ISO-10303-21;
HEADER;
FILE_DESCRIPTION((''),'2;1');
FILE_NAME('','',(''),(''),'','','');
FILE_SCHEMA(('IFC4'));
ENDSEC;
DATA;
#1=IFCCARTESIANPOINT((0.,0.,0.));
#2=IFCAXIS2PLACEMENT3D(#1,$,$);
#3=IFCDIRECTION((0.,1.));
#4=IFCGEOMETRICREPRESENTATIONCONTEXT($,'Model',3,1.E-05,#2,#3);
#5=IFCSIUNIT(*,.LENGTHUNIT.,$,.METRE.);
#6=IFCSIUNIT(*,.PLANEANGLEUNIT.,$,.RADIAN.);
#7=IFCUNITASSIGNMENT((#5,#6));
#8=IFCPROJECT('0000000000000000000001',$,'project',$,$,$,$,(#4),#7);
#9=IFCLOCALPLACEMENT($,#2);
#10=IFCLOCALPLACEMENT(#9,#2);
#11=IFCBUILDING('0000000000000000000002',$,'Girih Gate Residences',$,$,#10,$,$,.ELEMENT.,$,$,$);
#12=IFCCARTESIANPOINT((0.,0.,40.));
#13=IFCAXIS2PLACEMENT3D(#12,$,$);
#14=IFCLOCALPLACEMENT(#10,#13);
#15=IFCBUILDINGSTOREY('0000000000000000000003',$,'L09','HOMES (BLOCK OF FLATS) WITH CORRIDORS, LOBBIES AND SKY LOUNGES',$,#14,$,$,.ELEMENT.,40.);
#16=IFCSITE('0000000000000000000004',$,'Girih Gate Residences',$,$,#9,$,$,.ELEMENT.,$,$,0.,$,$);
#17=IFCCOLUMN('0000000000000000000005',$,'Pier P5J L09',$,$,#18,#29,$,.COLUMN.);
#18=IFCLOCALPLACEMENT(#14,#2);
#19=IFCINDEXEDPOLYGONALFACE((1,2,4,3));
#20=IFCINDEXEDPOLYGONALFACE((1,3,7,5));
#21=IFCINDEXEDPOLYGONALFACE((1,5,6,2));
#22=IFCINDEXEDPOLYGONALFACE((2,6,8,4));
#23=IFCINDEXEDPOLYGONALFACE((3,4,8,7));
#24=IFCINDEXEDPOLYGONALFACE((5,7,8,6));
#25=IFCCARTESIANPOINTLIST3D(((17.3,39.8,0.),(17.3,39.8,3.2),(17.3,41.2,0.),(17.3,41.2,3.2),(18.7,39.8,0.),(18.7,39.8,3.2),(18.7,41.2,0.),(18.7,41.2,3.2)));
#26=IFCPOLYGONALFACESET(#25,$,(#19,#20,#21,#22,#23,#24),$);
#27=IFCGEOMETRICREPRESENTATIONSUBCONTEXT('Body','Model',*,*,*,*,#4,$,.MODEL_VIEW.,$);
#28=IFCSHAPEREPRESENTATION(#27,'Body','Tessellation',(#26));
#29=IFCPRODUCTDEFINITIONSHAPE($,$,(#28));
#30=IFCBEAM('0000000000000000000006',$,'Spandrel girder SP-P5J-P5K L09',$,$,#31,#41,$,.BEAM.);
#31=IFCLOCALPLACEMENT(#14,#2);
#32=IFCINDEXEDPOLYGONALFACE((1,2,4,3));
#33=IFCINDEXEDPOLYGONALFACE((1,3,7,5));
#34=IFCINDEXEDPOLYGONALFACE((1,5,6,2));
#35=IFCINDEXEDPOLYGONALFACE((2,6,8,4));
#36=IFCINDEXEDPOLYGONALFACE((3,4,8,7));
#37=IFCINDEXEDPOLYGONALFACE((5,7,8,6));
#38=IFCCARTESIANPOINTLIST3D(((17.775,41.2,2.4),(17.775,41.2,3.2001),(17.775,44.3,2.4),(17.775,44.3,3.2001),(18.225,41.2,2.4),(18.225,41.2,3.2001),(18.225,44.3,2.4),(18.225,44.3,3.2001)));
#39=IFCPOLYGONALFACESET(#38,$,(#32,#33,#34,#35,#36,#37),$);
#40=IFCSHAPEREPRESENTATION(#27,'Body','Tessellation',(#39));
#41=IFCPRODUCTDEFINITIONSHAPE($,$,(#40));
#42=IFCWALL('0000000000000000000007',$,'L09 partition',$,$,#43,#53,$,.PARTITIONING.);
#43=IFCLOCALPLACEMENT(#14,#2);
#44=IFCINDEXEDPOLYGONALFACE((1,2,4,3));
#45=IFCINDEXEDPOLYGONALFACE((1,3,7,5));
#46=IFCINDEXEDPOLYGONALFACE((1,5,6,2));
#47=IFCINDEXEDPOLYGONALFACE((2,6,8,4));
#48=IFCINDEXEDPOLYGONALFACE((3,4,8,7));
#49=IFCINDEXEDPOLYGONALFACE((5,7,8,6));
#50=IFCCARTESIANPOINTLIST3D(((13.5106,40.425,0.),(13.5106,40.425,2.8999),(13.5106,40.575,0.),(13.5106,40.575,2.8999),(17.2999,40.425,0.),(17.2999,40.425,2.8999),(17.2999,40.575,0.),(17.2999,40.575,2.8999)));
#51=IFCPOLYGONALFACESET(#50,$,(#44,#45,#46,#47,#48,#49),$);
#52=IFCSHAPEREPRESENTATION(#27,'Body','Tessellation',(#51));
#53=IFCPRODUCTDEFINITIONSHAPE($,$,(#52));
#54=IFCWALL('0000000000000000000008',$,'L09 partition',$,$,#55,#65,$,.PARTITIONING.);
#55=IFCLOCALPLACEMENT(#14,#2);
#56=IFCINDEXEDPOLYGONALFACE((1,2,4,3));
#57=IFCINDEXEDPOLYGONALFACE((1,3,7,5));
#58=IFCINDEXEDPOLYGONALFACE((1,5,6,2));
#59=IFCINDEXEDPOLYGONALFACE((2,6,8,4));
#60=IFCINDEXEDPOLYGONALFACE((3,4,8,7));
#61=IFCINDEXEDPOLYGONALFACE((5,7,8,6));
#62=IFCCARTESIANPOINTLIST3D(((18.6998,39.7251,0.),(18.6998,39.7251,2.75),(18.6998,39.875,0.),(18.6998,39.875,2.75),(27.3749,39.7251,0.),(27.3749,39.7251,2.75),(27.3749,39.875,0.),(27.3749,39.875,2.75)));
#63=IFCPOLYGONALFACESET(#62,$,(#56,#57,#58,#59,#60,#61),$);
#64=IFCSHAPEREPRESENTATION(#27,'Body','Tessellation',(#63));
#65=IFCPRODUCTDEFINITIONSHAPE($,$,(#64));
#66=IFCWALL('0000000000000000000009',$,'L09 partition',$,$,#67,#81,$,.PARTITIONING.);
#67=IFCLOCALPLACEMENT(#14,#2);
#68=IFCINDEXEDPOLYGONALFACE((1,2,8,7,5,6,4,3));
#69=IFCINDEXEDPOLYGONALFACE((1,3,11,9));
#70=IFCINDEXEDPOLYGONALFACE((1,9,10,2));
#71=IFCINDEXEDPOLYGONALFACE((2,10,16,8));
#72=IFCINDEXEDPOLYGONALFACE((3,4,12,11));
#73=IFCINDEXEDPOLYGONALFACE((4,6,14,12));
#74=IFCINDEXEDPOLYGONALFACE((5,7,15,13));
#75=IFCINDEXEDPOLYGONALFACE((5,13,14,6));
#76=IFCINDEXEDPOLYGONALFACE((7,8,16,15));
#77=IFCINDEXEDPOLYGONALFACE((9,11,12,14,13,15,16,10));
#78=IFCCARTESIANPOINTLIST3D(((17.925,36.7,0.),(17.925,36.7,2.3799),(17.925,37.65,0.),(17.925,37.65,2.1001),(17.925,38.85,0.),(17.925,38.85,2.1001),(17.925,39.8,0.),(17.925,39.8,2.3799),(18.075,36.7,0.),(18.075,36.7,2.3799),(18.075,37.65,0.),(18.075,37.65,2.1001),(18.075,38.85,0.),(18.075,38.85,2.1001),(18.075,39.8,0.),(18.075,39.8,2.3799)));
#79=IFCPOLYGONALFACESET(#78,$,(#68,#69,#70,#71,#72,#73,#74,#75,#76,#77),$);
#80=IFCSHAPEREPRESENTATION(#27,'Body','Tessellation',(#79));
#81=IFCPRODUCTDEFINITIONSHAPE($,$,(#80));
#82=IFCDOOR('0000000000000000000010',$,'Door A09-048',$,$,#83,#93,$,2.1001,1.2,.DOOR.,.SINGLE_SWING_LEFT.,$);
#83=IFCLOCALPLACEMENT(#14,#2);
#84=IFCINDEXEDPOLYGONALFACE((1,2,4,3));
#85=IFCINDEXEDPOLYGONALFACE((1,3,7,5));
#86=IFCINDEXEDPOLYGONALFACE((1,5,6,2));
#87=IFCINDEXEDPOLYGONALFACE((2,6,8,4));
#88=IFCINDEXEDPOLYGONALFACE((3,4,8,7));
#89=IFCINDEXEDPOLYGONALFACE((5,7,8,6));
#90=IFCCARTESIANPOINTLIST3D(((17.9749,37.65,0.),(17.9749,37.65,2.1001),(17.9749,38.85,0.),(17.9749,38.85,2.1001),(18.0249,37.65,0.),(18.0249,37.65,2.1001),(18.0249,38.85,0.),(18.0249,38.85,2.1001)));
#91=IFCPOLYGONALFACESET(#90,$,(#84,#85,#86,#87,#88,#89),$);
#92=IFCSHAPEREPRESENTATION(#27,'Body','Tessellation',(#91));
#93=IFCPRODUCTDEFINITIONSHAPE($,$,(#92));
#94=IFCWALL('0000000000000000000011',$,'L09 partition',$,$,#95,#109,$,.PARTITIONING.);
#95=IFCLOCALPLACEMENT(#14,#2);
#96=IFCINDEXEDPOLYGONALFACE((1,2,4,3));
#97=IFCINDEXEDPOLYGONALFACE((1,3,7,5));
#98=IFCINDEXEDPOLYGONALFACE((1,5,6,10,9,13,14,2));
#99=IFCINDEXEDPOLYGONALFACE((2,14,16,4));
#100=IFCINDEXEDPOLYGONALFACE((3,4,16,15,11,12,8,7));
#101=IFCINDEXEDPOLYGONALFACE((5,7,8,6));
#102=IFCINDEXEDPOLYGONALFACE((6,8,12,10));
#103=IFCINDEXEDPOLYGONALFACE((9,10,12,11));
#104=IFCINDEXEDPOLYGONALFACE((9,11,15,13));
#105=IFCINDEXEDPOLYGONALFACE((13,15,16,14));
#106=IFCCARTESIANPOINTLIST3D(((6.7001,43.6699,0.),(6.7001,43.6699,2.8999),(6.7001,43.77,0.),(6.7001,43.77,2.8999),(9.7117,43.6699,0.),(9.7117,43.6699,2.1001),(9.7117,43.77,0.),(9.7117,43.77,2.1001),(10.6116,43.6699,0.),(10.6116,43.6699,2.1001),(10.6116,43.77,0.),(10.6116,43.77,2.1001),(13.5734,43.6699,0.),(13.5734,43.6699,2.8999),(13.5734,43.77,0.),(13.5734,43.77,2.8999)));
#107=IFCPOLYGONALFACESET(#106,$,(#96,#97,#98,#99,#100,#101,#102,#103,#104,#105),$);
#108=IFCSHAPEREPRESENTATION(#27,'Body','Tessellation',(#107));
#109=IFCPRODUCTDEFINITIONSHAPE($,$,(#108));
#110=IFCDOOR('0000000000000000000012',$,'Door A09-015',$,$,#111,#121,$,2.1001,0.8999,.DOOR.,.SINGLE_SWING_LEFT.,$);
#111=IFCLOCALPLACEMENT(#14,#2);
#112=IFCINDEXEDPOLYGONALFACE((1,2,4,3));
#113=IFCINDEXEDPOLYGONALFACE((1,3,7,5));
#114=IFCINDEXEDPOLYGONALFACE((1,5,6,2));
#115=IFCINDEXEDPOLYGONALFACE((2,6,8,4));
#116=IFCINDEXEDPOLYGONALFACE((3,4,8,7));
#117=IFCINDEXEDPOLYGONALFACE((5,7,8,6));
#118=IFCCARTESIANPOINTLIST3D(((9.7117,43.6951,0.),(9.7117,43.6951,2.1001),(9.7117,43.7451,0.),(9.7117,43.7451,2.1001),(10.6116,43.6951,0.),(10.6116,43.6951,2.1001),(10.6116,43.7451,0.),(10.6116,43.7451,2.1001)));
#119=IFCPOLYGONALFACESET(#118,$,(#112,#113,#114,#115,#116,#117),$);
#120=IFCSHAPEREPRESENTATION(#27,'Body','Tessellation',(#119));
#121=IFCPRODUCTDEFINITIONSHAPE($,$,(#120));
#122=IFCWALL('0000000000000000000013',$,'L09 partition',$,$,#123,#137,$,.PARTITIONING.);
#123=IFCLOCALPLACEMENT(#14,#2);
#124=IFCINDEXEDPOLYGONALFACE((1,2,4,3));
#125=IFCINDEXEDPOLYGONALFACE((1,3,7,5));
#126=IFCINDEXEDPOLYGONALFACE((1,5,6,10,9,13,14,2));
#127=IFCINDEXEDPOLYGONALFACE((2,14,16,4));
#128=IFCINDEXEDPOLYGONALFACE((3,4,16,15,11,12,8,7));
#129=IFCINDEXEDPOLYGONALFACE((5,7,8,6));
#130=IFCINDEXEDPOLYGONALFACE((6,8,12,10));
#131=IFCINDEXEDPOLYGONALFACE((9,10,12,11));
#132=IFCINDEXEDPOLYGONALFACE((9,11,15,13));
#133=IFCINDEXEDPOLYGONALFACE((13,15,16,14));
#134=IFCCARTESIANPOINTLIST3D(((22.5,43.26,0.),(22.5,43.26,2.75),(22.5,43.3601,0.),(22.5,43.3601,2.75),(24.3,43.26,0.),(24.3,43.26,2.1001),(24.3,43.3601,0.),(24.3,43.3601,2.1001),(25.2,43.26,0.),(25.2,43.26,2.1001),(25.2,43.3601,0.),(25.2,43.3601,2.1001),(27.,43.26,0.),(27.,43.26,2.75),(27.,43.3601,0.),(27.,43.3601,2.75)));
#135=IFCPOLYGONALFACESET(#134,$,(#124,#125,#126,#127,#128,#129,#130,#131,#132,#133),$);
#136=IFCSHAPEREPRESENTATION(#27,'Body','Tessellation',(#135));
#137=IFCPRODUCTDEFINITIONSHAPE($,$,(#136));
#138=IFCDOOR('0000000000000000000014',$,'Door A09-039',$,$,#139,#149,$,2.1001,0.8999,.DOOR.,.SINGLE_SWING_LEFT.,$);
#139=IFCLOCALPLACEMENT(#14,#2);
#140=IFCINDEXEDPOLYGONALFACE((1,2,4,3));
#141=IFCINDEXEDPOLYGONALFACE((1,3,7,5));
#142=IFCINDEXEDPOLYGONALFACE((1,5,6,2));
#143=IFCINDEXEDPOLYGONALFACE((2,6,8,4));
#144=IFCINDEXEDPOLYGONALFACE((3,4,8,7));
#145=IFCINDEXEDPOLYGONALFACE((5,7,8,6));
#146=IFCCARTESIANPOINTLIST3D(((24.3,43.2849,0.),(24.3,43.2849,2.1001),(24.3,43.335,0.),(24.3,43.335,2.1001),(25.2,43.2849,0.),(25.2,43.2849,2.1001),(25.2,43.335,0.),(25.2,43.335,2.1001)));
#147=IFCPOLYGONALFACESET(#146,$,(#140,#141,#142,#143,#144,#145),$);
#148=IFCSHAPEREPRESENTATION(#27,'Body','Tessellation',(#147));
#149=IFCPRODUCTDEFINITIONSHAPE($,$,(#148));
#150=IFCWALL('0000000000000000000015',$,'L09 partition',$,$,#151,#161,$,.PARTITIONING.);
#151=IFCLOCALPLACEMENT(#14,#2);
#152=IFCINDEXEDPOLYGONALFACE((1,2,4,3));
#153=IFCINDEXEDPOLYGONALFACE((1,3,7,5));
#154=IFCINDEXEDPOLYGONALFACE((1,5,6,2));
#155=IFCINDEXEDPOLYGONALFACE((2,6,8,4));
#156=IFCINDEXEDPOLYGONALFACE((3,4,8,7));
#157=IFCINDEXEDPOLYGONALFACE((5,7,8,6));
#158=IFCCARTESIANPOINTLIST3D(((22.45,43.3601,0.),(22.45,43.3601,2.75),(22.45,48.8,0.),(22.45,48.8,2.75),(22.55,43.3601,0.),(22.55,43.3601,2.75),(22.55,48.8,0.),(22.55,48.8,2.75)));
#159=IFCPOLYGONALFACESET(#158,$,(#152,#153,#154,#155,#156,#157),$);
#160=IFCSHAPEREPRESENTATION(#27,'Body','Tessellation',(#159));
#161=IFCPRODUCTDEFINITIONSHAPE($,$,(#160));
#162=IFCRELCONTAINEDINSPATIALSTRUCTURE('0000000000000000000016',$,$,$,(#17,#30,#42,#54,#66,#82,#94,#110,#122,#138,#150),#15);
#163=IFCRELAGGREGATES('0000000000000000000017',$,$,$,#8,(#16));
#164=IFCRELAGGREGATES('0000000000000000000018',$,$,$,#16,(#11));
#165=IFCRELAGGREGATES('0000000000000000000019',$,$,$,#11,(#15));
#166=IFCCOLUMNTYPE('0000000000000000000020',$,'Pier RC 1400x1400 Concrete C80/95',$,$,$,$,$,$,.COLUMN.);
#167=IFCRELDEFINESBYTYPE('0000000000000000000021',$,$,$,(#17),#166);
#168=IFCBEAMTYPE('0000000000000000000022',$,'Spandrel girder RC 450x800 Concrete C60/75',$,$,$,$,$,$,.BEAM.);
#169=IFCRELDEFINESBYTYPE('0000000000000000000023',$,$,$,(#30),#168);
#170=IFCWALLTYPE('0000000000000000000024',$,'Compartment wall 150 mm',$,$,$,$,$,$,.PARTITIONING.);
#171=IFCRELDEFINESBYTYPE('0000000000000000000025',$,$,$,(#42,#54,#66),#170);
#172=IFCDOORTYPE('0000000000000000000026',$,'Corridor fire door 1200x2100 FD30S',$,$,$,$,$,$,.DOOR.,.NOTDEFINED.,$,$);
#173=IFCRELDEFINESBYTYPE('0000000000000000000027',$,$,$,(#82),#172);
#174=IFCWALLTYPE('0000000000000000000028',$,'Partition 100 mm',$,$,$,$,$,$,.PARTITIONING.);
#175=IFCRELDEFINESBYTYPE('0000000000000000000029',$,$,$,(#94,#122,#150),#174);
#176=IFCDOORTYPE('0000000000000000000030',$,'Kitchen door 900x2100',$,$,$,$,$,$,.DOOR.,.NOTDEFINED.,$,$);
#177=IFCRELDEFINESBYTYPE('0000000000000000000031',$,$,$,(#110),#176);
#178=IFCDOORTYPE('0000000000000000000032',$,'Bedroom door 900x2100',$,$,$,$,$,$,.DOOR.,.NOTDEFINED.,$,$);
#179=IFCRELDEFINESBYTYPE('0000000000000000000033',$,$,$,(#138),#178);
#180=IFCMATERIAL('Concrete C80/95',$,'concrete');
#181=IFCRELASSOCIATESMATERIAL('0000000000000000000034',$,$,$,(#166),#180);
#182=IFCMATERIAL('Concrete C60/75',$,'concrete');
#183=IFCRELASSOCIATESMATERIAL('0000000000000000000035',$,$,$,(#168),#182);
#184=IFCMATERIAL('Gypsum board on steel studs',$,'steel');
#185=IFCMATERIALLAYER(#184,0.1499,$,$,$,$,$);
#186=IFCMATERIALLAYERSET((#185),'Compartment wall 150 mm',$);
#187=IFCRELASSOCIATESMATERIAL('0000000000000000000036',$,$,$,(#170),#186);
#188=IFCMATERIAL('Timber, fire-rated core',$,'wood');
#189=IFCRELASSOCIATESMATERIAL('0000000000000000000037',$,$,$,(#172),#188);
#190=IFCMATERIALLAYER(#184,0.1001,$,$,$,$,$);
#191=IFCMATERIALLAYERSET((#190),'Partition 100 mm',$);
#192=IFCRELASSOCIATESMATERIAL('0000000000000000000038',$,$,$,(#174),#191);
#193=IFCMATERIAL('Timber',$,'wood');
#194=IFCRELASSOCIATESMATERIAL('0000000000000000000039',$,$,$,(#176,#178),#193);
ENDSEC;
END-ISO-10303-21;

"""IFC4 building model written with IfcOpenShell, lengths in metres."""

from ifc_helpers import new_model, si_unit, direction, frame, frame_2d, origin, origin_2d, place, context, subcontext, project, spatial, rectangle, extrude, material, layer, layer_set, material_profile, profile_set, type_object, element, fill, save


model = new_model("IFC4")

# Units and contexts
model_context = context("Model", 3, precision=1e-05, world=origin(), true_north=direction((0.0, 1.0)))
body_context = subcontext(model_context, "Body", "Model", "MODEL_VIEW")
ifc_project = project(units=[si_unit("LENGTHUNIT", "METRE"), si_unit("PLANEANGLEUNIT", "RADIAN")], contexts=[model_context])

# Site, building, storey
site_placement = place(None, origin())
site = spatial("IfcSite", under=ifc_project, at=site_placement, Name="Girih Gate Residences", CompositionType="ELEMENT", RefElevation=0.0)
building_placement = place(site_placement, origin())
building = spatial("IfcBuilding", under=site, at=building_placement, Name="Girih Gate Residences", CompositionType="ELEMENT")
storey_placement = place(building_placement, frame((0.0, 0.0, 40.0)))
storey = spatial("IfcBuildingStorey", under=building, at=storey_placement, Name="L09", Description="HOMES (BLOCK OF FLATS) WITH CORRIDORS, LOBBIES AND SKY LOUNGES", CompositionType="ELEMENT", Elevation=40.0)

# Column
ifc_material_1 = material(Name="Concrete C80/95", Category="concrete")
ifc_material_profile_1 = material_profile(ifc_material_1, rectangle(XDim=1.3999, YDim=1.3999, at=origin_2d()))
ifc_profile_set_1 = profile_set([ifc_material_profile_1], Name="Concrete C80/95")
column_type = type_object("IfcColumnType", Name="Pier RC 1400x1400 Concrete C80/95", PredefinedType="COLUMN", material=ifc_profile_set_1)
column_placement = place(storey_placement, frame((18.0, 40.5, 0.0), z_axis=(0.0, 0.0, 1.0), x_axis=(1.0, 0.0, 0.0)))
element("IfcColumn", 1, at=column_placement, inside=storey, type_object=column_type, Name="Pier P5J L09", PredefinedType="COLUMN", context=body_context, shape_type="SweptSolid", body=[
    extrude(rectangle(XDim=1.3999, YDim=1.3999, at=origin_2d()), origin(), (0.0, 0.0, 1.0), 3.2),
])

# Beam
ifc_material_2 = material(Name="Concrete C60/75", Category="concrete")
ifc_material_profile_2 = material_profile(ifc_material_2, rectangle(XDim=0.45, YDim=0.8, at=origin_2d()))
ifc_profile_set_2 = profile_set([ifc_material_profile_2], Name="Concrete C60/75")
beam_type = type_object("IfcBeamType", Name="Spandrel girder RC 450x800 Concrete C60/75", PredefinedType="BEAM", material=ifc_profile_set_2)
beam_placement = place(storey_placement, frame((18.0, 41.2, 2.8), z_axis=(0.0, 1.0, 0.0), x_axis=(-1.0, 0.0, 0.0)))
element("IfcBeam", 2, at=beam_placement, inside=storey, type_object=beam_type, Name="Spandrel girder SP-P5J-P5K L09", PredefinedType="BEAM", context=body_context, shape_type="SweptSolid", body=[
    extrude(rectangle(XDim=0.45, YDim=0.8, at=origin_2d()), origin(), (0.0, 0.0, 1.0), 3.1001),
])

# Walls
ifc_material_3 = material(Name="Gypsum board on steel studs", Category="steel")
ifc_layer_1 = layer(ifc_material_3, 0.1499)
ifc_layer_set_1 = layer_set([ifc_layer_1], Name="Compartment wall 150 mm")
wall_type_1 = type_object("IfcWallType", Name="Compartment wall 150 mm", PredefinedType="PARTITIONING", material=ifc_layer_set_1)
wall_1_placement = place(storey_placement, frame((13.5107, 40.5, 0.0), z_axis=(0.0, 0.0, 1.0), x_axis=(1.0, 0.0, 0.0)))
element("IfcWall", 3, at=wall_1_placement, inside=storey, type_object=wall_type_1, Name="L09 partition", PredefinedType="PARTITIONING", context=body_context, shape_type="SweptSolid", body=[
    extrude(rectangle(XDim=3.7893, YDim=0.1499, at=frame_2d((1.8945, 0.0))), origin(), (0.0, 0.0, 1.0), 2.8999),
])
wall_2_placement = place(storey_placement, frame((18.7, 39.8, 0.0), z_axis=(0.0, 0.0, 1.0), x_axis=(1.0, 0.0, 0.0)))
element("IfcWall", 4, at=wall_2_placement, inside=storey, type_object=wall_type_1, Name="L09 partition", PredefinedType="PARTITIONING", context=body_context, shape_type="SweptSolid", body=[
    extrude(rectangle(XDim=8.675, YDim=0.1499, at=frame_2d((4.3374, 0.0))), origin(), (0.0, 0.0, 1.0), 2.75),
])

# Walls, openings, doors
wall_3_placement = place(storey_placement, frame((18.0, 39.8, 0.0), z_axis=(0.0, 0.0, 1.0), x_axis=(0.0, -1.0, 0.0)))
wall_3 = element("IfcWall", 5, at=wall_3_placement, inside=storey, type_object=wall_type_1, Name="L09 partition", PredefinedType="PARTITIONING", context=body_context, shape_type="SweptSolid", body=[
    extrude(rectangle(XDim=3.1001, YDim=0.1499, at=frame_2d((1.55, 0.0))), origin(), (0.0, 0.0, 1.0), 2.3799),
])
opening_1_placement = place(wall_3_placement, frame((0.95, 0.0, 0.0)))
opening_1 = element("IfcOpeningElement", 6, at=opening_1_placement, cuts=wall_3, PredefinedType="OPENING", context=body_context, shape_type="SweptSolid", body=[
    extrude(rectangle(XDim=1.2, YDim=2.1001, at=frame_2d((0.6001, 1.05))), frame((0.0, 0.085, 0.0), z_axis=(0.0, -1.0, 0.0), x_axis=(1.0, 0.0, 0.0)), (0.0, 0.0, 1.0), 0.1699),
])
ifc_material_4 = material(Name="Timber, fire-rated core", Category="wood")
door_type_1 = type_object("IfcDoorType", Name="Corridor fire door 1200x2100 FD30S", OperationType="NOTDEFINED", PredefinedType="DOOR", material=ifc_material_4)
door_1_placement = place(opening_1_placement, origin())
door_1 = element("IfcDoor", 7, at=door_1_placement, inside=storey, type_object=door_type_1, Name="Door A09-048", OperationType="SINGLE_SWING_LEFT", OverallHeight=2.1001, OverallWidth=1.2, PredefinedType="DOOR", context=body_context, shape_type="SweptSolid", body=[
    extrude(rectangle(XDim=1.2, YDim=2.1001, at=frame_2d((0.6001, 1.05))), frame((0.0, 0.0249, 0.0), z_axis=(0.0, -1.0, 0.0), x_axis=(1.0, 0.0, 0.0)), (0.0, 0.0, 1.0), 0.05),
])
fill(opening_1, door_1)
ifc_layer_2 = layer(ifc_material_3, 0.1001)
ifc_layer_set_2 = layer_set([ifc_layer_2], Name="Partition 100 mm")
wall_type_2 = type_object("IfcWallType", Name="Partition 100 mm", PredefinedType="PARTITIONING", material=ifc_layer_set_2)
wall_4_placement = place(storey_placement, frame((13.5732, 43.72, 0.0), z_axis=(0.0, 0.0, 1.0), x_axis=(-1.0, 0.0, 0.0)))
wall_4 = element("IfcWall", 8, at=wall_4_placement, inside=storey, type_object=wall_type_2, Name="L09 partition", PredefinedType="PARTITIONING", context=body_context, shape_type="SweptSolid", body=[
    extrude(rectangle(XDim=6.8733, YDim=0.1001, at=frame_2d((3.4365, 0.0))), origin(), (0.0, 0.0, 1.0), 2.8999),
])
opening_2_placement = place(wall_4_placement, frame((2.9617, 0.0, 0.0)))
opening_2 = element("IfcOpeningElement", 9, at=opening_2_placement, cuts=wall_4, PredefinedType="OPENING", context=body_context, shape_type="SweptSolid", body=[
    extrude(rectangle(XDim=0.8999, YDim=2.1001, at=frame_2d((0.45, 1.05))), frame((0.0, 0.0601, 0.0), z_axis=(0.0, -1.0, 0.0), x_axis=(1.0, 0.0, 0.0)), (0.0, 0.0, 1.0), 0.1201),
])
ifc_material_5 = material(Name="Timber", Category="wood")
door_type_2 = type_object("IfcDoorType", Name="Kitchen door 900x2100", OperationType="NOTDEFINED", PredefinedType="DOOR", material=ifc_material_5)
door_2_placement = place(opening_2_placement, origin())
door_2 = element("IfcDoor", 10, at=door_2_placement, inside=storey, type_object=door_type_2, Name="Door A09-015", OperationType="SINGLE_SWING_LEFT", OverallHeight=2.1001, OverallWidth=0.8999, PredefinedType="DOOR", context=body_context, shape_type="SweptSolid", body=[
    extrude(rectangle(XDim=0.8999, YDim=2.1001, at=frame_2d((0.45, 1.05))), frame((0.0, 0.0249, 0.0), z_axis=(0.0, -1.0, 0.0), x_axis=(1.0, 0.0, 0.0)), (0.0, 0.0, 1.0), 0.05),
])
fill(opening_2, door_2)
wall_5_placement = place(storey_placement, frame((22.5, 43.3101, 0.0), z_axis=(0.0, 0.0, 1.0), x_axis=(1.0, 0.0, 0.0)))
wall_5 = element("IfcWall", 11, at=wall_5_placement, inside=storey, type_object=wall_type_2, Name="L09 partition", PredefinedType="PARTITIONING", context=body_context, shape_type="SweptSolid", body=[
    extrude(rectangle(XDim=4.5, YDim=0.1001, at=frame_2d((2.25, 0.0))), origin(), (0.0, 0.0, 1.0), 2.75),
])
opening_3_placement = place(wall_5_placement, frame((1.8, 0.0, 0.0)))
opening_3 = element("IfcOpeningElement", 12, at=opening_3_placement, cuts=wall_5, PredefinedType="OPENING", context=body_context, shape_type="SweptSolid", body=[
    extrude(rectangle(XDim=0.8999, YDim=2.1001, at=frame_2d((0.45, 1.05))), frame((0.0, 0.0601, 0.0), z_axis=(0.0, -1.0, 0.0), x_axis=(1.0, 0.0, 0.0)), (0.0, 0.0, 1.0), 0.1201),
])
door_type_3 = type_object("IfcDoorType", Name="Bedroom door 900x2100", OperationType="NOTDEFINED", PredefinedType="DOOR", material=ifc_material_5)
door_3_placement = place(opening_3_placement, origin())
door_3 = element("IfcDoor", 13, at=door_3_placement, inside=storey, type_object=door_type_3, Name="Door A09-039", OperationType="SINGLE_SWING_LEFT", OverallHeight=2.1001, OverallWidth=0.8999, PredefinedType="DOOR", context=body_context, shape_type="SweptSolid", body=[
    extrude(rectangle(XDim=0.8999, YDim=2.1001, at=frame_2d((0.45, 1.05))), frame((0.0, 0.0249, 0.0), z_axis=(0.0, -1.0, 0.0), x_axis=(1.0, 0.0, 0.0)), (0.0, 0.0, 1.0), 0.05),
])
fill(opening_3, door_3)

# Wall
wall_6_placement = place(storey_placement, frame((22.5, 43.3601, 0.0), z_axis=(0.0, 0.0, 1.0), x_axis=(0.0, 1.0, 0.0)))
element("IfcWall", 14, at=wall_6_placement, inside=storey, type_object=wall_type_2, Name="L09 partition", PredefinedType="PARTITIONING", context=body_context, shape_type="SweptSolid", body=[
    extrude(rectangle(XDim=5.4399, YDim=0.1001, at=frame_2d((2.72, 0.0))), origin(), (0.0, 0.0, 1.0), 2.75),
])

save(model, "model.ifc")
